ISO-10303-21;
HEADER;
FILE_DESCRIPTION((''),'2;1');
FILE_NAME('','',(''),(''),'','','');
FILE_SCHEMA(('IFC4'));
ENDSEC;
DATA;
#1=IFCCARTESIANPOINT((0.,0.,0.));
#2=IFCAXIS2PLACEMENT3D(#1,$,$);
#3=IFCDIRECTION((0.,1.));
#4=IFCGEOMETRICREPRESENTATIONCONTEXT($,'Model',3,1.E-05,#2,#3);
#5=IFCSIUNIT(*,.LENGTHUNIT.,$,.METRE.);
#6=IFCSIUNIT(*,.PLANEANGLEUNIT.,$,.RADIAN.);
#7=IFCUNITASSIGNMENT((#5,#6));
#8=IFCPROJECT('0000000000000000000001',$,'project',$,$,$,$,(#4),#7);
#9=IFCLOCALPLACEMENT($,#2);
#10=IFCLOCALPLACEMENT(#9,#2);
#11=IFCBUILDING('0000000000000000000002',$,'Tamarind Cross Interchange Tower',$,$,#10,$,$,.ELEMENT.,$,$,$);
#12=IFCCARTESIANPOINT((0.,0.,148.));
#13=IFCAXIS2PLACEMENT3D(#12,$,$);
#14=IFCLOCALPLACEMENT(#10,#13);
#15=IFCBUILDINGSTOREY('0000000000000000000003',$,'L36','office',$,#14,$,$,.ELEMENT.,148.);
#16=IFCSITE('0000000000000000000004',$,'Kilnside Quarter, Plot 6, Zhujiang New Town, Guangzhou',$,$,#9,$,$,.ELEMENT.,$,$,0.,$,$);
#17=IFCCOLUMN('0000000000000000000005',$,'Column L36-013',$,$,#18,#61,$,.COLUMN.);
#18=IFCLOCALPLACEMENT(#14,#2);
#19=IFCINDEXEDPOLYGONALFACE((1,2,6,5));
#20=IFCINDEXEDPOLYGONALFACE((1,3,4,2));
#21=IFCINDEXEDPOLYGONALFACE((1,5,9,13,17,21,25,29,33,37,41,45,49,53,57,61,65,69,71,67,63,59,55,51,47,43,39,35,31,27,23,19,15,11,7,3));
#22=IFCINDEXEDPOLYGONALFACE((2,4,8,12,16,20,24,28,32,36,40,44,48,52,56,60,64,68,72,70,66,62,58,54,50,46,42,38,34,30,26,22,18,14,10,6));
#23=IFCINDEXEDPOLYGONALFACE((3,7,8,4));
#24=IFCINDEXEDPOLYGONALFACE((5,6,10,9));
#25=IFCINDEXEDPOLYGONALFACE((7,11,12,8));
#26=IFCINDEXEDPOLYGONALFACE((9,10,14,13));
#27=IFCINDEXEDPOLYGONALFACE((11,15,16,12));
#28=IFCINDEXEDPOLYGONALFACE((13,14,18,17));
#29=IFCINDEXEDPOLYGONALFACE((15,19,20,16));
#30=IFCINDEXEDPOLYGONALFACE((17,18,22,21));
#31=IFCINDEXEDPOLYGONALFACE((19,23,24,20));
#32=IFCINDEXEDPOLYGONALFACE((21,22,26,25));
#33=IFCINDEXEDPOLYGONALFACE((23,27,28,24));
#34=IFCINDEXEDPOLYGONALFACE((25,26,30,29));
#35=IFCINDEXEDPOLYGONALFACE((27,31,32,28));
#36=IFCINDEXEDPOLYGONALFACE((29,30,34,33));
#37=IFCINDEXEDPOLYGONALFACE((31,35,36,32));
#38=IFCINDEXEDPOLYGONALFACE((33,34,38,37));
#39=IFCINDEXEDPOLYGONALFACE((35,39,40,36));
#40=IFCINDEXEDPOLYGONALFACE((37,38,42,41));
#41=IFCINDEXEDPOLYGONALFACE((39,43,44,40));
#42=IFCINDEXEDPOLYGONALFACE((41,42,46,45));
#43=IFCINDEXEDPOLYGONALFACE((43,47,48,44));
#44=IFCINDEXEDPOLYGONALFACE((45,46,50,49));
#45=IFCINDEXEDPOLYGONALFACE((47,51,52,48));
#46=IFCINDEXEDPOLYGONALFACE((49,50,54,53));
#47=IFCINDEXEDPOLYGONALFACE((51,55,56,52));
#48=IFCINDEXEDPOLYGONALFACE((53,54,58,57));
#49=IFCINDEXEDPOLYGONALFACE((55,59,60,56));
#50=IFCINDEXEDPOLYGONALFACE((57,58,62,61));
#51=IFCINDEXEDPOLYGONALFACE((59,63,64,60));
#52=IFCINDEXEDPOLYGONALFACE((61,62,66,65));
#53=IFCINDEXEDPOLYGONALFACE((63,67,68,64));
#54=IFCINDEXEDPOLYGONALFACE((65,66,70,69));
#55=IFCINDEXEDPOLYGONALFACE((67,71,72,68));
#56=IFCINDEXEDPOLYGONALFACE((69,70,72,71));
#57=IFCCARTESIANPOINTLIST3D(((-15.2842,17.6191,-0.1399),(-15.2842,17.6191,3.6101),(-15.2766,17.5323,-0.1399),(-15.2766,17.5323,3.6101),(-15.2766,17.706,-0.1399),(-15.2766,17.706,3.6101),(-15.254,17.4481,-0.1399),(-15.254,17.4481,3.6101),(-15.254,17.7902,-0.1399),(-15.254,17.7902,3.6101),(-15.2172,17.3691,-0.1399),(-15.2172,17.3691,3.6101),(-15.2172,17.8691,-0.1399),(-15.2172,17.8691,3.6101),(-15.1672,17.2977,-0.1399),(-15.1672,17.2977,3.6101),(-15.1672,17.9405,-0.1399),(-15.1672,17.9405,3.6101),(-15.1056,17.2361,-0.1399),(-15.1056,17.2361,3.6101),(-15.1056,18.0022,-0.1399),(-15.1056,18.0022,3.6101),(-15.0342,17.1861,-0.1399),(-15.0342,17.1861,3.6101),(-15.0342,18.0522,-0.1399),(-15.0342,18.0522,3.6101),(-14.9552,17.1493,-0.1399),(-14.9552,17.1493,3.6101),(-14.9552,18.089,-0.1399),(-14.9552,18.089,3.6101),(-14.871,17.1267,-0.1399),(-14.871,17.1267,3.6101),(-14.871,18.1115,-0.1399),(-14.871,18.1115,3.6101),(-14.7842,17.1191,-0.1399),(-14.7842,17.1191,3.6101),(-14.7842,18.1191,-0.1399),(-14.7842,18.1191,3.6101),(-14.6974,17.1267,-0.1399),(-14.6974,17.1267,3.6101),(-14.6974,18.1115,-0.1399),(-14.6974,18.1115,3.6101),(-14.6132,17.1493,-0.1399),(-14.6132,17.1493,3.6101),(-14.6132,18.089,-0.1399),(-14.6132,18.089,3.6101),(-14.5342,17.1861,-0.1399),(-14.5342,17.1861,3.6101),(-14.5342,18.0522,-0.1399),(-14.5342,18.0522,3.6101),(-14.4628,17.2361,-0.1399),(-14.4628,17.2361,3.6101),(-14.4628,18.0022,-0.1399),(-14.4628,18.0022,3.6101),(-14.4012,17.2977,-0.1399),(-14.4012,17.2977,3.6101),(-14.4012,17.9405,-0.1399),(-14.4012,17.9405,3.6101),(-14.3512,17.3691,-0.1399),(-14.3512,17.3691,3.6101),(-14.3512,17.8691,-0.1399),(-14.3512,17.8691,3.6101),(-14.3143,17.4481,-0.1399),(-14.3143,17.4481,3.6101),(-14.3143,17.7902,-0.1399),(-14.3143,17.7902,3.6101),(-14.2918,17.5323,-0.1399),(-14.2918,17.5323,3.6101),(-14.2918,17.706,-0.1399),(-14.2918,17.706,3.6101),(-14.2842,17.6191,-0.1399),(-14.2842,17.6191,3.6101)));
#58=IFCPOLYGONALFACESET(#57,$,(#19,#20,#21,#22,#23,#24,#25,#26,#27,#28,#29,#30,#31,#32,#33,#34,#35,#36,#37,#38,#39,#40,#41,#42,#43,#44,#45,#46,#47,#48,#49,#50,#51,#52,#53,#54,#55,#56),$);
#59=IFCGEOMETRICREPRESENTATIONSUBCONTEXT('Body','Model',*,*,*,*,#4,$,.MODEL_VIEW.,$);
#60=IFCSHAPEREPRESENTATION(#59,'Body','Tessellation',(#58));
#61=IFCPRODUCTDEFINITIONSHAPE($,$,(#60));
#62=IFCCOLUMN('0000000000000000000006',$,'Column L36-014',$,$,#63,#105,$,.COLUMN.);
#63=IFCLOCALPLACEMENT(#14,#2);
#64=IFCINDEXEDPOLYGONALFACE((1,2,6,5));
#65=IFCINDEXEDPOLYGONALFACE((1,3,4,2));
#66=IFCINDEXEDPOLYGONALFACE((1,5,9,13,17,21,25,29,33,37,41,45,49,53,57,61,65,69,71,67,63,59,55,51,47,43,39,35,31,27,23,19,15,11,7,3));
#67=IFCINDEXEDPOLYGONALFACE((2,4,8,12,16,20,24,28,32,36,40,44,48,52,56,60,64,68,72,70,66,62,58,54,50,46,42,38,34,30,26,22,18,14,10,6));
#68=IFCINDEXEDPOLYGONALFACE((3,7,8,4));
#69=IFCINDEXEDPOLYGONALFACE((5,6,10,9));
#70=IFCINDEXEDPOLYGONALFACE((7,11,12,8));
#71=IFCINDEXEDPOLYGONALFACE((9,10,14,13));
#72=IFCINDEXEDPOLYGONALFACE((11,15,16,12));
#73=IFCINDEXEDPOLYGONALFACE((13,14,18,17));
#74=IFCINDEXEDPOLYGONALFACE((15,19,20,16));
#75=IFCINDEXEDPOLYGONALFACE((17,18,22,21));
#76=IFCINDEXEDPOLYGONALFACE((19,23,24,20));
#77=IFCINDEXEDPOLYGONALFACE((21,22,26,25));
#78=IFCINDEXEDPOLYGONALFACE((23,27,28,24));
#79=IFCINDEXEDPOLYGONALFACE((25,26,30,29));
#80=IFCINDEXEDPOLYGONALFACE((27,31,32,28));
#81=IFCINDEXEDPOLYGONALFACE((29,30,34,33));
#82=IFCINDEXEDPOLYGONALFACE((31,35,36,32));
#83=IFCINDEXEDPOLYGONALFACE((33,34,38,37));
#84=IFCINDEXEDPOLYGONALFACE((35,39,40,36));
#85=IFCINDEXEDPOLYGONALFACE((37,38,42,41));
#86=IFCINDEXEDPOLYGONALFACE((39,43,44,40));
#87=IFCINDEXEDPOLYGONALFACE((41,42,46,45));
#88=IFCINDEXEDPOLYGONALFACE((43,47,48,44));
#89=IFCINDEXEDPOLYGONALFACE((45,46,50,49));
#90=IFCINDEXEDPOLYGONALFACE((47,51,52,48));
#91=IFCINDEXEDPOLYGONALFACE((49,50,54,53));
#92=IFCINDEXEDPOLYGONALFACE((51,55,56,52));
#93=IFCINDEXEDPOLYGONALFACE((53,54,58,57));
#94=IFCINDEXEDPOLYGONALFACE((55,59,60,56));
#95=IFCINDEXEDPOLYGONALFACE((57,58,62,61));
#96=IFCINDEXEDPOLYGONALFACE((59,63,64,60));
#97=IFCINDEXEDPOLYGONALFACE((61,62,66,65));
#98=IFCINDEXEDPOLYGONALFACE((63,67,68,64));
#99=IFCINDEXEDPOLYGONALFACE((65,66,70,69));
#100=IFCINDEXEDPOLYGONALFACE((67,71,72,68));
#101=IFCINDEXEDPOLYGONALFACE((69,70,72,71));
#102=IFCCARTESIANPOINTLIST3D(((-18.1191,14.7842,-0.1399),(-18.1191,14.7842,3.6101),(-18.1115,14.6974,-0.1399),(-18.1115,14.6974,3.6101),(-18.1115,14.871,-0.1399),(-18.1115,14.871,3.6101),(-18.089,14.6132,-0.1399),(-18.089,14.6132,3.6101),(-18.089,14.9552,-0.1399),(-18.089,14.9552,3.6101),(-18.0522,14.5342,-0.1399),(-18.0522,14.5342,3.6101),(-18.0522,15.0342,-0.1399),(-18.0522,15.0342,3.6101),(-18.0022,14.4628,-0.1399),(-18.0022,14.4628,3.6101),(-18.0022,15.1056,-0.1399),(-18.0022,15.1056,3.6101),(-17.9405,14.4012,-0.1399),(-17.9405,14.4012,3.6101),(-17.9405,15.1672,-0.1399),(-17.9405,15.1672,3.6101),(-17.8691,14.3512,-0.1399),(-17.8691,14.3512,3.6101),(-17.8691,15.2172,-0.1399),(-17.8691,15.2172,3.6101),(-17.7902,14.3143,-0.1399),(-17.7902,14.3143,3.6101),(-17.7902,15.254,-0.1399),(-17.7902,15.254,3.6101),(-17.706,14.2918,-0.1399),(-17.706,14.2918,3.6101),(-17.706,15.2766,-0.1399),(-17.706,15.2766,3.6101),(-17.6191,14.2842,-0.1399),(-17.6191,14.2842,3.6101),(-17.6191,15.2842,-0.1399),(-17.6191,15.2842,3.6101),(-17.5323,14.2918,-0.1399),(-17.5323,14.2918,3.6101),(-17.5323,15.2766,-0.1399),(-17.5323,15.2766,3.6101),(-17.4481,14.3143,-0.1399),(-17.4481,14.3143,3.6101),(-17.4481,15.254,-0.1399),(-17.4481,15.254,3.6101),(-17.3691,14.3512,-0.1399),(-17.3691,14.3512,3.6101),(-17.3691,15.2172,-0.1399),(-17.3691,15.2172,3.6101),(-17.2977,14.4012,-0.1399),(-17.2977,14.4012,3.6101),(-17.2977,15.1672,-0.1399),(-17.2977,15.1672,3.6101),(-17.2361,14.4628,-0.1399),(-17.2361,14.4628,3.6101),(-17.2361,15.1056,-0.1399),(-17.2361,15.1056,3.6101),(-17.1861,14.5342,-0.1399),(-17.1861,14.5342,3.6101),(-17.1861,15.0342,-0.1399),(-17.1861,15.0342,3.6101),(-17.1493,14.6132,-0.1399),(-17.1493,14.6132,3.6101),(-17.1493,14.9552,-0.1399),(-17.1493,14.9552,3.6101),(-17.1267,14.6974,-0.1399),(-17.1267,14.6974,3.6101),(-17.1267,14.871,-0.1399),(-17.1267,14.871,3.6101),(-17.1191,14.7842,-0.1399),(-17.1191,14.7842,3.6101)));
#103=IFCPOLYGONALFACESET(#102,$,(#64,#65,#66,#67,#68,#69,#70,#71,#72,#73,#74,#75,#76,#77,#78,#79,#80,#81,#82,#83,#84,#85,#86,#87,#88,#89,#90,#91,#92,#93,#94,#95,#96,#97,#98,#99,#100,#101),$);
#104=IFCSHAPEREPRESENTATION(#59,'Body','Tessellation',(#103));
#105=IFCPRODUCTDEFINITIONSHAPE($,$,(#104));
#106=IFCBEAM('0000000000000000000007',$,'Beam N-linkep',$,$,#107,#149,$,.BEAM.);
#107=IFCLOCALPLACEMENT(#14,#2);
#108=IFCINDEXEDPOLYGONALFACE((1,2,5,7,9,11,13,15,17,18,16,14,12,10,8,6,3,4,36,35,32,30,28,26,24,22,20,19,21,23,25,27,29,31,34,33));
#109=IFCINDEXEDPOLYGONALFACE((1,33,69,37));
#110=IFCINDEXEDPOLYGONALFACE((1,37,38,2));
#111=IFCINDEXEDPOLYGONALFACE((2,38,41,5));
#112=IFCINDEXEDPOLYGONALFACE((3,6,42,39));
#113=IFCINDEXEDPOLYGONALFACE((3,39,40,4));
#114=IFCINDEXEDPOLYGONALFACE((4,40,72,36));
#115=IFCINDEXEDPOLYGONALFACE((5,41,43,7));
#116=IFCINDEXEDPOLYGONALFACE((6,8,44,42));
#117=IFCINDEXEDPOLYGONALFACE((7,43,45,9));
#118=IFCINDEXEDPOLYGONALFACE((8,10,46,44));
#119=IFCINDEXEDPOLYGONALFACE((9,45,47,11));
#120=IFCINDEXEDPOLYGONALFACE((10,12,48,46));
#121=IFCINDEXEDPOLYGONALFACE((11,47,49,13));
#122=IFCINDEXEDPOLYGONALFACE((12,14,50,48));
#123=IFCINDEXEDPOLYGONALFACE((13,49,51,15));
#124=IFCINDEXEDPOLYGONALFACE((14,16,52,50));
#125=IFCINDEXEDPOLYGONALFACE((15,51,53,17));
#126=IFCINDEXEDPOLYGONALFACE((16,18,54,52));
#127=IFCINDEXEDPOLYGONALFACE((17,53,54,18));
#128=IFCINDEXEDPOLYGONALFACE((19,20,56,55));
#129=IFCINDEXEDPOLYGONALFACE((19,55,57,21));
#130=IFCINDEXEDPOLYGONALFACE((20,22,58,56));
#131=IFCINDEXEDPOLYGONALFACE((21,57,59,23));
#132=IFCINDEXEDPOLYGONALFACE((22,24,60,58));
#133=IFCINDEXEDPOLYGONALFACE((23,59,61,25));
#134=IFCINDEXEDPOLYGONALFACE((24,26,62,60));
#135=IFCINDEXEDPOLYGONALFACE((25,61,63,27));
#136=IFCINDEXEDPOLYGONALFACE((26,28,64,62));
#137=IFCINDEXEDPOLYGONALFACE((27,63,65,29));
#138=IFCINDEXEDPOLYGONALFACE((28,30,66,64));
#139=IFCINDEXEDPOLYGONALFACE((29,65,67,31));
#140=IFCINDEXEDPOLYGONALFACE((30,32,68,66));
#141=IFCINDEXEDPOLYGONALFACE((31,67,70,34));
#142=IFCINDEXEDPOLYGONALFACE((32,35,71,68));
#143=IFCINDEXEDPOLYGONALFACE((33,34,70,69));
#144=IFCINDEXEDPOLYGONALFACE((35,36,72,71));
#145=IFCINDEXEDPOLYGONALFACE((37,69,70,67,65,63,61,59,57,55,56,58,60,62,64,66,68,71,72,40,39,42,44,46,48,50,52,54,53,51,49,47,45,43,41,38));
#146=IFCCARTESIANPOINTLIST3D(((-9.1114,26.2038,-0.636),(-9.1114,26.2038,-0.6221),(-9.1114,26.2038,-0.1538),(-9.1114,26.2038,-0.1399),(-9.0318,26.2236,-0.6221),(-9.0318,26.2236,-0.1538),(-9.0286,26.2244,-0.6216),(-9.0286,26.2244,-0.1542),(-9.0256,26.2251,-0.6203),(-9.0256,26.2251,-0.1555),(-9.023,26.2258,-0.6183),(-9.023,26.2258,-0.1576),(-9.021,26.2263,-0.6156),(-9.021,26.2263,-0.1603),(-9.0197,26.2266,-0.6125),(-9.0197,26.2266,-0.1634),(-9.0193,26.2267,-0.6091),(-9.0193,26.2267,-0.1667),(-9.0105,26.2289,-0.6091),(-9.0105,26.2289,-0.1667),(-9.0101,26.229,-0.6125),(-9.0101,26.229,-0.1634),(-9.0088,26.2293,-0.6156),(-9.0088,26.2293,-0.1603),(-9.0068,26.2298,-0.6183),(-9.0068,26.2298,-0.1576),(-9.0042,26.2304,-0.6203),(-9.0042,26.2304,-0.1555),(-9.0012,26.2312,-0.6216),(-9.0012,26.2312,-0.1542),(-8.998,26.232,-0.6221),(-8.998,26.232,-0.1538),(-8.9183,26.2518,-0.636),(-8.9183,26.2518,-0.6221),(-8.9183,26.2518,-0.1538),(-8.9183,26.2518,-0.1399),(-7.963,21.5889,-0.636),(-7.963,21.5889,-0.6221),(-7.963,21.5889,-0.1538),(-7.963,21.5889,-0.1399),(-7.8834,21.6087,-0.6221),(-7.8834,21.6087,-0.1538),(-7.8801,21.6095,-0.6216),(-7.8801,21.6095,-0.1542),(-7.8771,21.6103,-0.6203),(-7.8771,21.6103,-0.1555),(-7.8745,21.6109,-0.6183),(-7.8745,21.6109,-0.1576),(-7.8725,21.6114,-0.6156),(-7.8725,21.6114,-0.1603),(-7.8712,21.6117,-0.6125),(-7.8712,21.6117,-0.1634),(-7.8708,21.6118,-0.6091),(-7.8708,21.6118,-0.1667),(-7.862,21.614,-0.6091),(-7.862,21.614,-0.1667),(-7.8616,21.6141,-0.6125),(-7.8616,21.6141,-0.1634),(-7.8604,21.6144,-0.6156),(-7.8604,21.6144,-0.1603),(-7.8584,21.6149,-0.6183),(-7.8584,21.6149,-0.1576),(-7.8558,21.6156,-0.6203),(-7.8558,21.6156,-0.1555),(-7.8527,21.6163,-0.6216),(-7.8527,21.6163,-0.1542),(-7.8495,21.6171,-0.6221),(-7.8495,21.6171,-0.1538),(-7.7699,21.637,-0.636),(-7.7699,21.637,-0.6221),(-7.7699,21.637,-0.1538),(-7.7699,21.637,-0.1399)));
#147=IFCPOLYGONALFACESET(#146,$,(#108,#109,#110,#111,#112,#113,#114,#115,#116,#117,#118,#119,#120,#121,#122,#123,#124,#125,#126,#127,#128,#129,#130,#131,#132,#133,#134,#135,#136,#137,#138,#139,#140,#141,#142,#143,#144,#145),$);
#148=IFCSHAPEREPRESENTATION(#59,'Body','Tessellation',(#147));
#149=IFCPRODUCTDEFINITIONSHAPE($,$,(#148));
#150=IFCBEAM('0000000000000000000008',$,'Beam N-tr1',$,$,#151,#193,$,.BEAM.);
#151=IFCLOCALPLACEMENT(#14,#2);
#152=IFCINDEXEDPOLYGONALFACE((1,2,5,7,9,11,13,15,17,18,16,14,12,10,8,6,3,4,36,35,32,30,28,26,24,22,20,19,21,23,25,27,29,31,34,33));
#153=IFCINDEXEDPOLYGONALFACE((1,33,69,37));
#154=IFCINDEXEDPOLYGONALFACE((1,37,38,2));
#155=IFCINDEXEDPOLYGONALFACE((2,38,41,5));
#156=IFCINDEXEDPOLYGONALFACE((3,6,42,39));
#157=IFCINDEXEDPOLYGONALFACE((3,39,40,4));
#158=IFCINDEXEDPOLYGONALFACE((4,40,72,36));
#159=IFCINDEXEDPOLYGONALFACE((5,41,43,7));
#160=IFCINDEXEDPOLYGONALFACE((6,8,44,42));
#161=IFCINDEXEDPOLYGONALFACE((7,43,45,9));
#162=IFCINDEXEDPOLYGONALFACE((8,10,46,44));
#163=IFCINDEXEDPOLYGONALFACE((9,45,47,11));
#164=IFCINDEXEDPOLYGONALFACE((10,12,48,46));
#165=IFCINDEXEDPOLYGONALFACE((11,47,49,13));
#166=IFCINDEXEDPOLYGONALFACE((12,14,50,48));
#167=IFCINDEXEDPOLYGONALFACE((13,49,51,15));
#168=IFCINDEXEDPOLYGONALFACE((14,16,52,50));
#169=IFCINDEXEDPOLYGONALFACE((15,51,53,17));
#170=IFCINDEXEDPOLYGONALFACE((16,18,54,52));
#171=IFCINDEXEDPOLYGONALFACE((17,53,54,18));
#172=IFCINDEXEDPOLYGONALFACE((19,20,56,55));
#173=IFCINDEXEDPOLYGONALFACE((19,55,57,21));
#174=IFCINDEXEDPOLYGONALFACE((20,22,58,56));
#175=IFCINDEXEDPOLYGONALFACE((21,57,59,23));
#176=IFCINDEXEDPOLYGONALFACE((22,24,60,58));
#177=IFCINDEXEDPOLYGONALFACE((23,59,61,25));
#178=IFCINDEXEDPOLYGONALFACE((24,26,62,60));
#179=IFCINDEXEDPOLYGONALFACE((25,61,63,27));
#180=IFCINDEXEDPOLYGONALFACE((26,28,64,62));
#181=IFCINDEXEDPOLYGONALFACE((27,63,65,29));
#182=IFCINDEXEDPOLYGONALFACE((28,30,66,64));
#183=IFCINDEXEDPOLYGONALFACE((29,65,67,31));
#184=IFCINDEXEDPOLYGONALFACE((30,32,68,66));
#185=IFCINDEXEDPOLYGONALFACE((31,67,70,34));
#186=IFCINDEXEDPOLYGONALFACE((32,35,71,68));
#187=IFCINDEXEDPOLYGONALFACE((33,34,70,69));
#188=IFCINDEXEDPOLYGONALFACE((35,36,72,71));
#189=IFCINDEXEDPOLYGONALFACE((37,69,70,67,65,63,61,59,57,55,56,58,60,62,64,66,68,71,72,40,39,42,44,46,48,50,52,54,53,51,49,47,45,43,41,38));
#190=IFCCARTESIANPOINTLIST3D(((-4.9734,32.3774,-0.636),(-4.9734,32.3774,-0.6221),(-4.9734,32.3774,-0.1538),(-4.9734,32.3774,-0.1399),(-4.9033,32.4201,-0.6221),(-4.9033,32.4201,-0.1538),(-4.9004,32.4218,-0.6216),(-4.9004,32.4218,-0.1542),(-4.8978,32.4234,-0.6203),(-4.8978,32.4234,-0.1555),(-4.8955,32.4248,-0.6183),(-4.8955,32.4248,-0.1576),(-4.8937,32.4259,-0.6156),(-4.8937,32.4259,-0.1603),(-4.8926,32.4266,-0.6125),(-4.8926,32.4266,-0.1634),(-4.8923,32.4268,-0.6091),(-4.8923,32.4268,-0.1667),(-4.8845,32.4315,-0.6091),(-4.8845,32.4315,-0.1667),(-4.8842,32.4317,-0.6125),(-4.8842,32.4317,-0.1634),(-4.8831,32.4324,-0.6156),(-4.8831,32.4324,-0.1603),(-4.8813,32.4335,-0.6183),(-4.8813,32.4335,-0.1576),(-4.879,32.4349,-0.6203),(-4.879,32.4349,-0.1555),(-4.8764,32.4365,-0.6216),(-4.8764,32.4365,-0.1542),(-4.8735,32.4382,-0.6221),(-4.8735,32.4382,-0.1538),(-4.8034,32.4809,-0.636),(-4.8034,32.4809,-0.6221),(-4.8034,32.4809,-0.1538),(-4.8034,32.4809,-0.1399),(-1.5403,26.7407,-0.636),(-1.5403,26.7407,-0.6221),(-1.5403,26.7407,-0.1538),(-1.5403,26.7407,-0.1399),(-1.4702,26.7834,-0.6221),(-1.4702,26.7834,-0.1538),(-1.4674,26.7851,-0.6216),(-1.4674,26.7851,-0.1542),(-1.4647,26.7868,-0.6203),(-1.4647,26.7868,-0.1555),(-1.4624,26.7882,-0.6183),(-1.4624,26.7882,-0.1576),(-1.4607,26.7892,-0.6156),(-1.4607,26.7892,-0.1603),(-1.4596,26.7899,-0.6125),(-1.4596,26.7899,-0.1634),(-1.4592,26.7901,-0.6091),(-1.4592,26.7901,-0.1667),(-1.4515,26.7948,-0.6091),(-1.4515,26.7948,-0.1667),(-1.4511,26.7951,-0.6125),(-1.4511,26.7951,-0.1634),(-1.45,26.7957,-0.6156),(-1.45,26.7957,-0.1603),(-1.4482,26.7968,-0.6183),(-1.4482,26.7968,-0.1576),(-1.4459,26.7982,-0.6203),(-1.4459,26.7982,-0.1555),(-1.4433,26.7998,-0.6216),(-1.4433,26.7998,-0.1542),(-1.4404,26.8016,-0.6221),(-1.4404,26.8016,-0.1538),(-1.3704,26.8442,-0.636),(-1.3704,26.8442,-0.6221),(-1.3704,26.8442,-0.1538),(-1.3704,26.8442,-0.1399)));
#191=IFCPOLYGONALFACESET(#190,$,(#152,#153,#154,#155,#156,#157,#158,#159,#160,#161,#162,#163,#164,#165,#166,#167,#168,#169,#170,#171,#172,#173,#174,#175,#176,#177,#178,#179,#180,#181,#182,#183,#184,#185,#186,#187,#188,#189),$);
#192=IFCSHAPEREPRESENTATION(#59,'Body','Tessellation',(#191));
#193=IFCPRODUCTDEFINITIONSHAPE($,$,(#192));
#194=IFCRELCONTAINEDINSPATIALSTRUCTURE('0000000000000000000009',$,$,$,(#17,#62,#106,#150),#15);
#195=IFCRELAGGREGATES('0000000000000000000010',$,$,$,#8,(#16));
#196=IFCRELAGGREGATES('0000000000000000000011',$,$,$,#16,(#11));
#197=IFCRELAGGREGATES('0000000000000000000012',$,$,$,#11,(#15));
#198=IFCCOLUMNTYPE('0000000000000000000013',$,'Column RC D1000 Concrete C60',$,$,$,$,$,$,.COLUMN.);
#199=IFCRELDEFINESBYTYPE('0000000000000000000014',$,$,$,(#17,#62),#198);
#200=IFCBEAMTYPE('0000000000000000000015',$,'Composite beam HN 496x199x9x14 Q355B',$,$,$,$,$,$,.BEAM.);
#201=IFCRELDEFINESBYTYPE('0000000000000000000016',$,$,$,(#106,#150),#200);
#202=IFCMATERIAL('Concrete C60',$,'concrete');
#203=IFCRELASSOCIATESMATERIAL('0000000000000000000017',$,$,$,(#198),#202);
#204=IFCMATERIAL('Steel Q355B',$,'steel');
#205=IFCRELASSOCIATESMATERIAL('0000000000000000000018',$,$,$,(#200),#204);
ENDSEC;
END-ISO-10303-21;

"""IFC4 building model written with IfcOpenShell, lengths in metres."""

from ifc_helpers import new_model, si_unit, direction, frame, origin, origin_2d, place, context, subcontext, project, spatial, circle, i_section, extrude, material, material_profile, profile_set, type_object, element, save


model = new_model("IFC4")

# Units and contexts
model_context = context("Model", 3, precision=1e-05, world=origin(), true_north=direction((0.0, 1.0)))
body_context = subcontext(model_context, "Body", "Model", "MODEL_VIEW")
ifc_project = project(units=[si_unit("LENGTHUNIT", "METRE"), si_unit("PLANEANGLEUNIT", "RADIAN")], contexts=[model_context])

# Site, building, storey
site_placement = place(None, origin())
site = spatial("IfcSite", under=ifc_project, at=site_placement, Name="Kilnside Quarter, Plot 6, Zhujiang New Town, Guangzhou", CompositionType="ELEMENT", RefElevation=0.0)
building_placement = place(site_placement, origin())
building = spatial("IfcBuilding", under=site, at=building_placement, Name="Tamarind Cross Interchange Tower", CompositionType="ELEMENT")
storey_placement = place(building_placement, frame((0.0, 0.0, 148.0)))
storey = spatial("IfcBuildingStorey", under=building, at=storey_placement, Name="L36", Description="office", CompositionType="ELEMENT", Elevation=148.0)

# Columns
ifc_material_1 = material(Name="Concrete C60", Category="concrete")
ifc_material_profile_1 = material_profile(ifc_material_1, circle(Radius=0.5, at=origin_2d()), Name="RC D1000")
ifc_profile_set_1 = profile_set([ifc_material_profile_1], Name="Concrete C60")
column_type_1 = type_object("IfcColumnType", Name="Column RC D1000 Concrete C60", PredefinedType="COLUMN", material=ifc_profile_set_1)
for number, where, z_axis, x_axis, name in (
    (1, (-14.7842, 17.6191, -0.1399), (0.0, 0.0, 1.0), (1.0, 0.0, 0.0), "Column L36-013"),
    (2, (-17.6191, 14.7842, -0.1399), (0.0, 0.0, 1.0), (1.0, 0.0, 0.0), "Column L36-014"),
):
    element("IfcColumn", number, at=place(storey_placement, frame(where, z_axis=z_axis, x_axis=x_axis)), inside=storey, type_object=column_type_1, Name=name, PredefinedType="COLUMN", context=body_context, shape_type="SweptSolid", body=[
        extrude(circle(Radius=0.5, at=origin_2d()), origin(), (0.0, 0.0, 1.0), 3.75),
    ])

# Beams
ifc_material_2 = material(Name="Steel Q355B", Category="steel")
ifc_material_profile_2 = material_profile(ifc_material_2, i_section(OverallWidth=0.199, OverallDepth=0.4961, WebThickness=0.009, FlangeThickness=0.0139, FilletRadius=0.0129, at=origin_2d()), Name="HN 496x199x9x14")
ifc_profile_set_2 = profile_set([ifc_material_profile_2], Name="Steel Q355B")
beam_type_1 = type_object("IfcBeamType", Name="Composite beam HN 496x199x9x14 Q355B", PredefinedType="BEAM", material=ifc_profile_set_2)
beam_1_placement = place(storey_placement, frame((-9.0149, 26.2278, -0.3879), z_axis=(0.241497, -0.970402, 0.0), x_axis=(0.970402, 0.241497, 0.0)))
element("IfcBeam", 3, at=beam_1_placement, inside=storey, type_object=beam_type_1, Name="Beam N-linkep", PredefinedType="BEAM", context=body_context, shape_type="SweptSolid", body=[
    extrude(i_section(OverallWidth=0.199, OverallDepth=0.4961, WebThickness=0.009, FlangeThickness=0.0139, FilletRadius=0.0129, at=origin_2d()), origin(), (0.0, 0.0, 1.0), 4.7556),
])
beam_2_placement = place(storey_placement, frame((-1.4553, 26.7925, -0.3879), z_axis=(-0.520175, 0.85406, 0.0), x_axis=(-0.85406, -0.520175, 0.0)))
element("IfcBeam", 4, at=beam_2_placement, inside=storey, type_object=beam_type_1, Name="Beam N-tr1", PredefinedType="BEAM", context=body_context, shape_type="SweptSolid", body=[
    extrude(i_section(OverallWidth=0.199, OverallDepth=0.4961, WebThickness=0.009, FlangeThickness=0.0139, FilletRadius=0.0129, at=origin_2d()), origin(), (0.0, 0.0, 1.0), 6.5999),
])

save(model, "model.ifc")
